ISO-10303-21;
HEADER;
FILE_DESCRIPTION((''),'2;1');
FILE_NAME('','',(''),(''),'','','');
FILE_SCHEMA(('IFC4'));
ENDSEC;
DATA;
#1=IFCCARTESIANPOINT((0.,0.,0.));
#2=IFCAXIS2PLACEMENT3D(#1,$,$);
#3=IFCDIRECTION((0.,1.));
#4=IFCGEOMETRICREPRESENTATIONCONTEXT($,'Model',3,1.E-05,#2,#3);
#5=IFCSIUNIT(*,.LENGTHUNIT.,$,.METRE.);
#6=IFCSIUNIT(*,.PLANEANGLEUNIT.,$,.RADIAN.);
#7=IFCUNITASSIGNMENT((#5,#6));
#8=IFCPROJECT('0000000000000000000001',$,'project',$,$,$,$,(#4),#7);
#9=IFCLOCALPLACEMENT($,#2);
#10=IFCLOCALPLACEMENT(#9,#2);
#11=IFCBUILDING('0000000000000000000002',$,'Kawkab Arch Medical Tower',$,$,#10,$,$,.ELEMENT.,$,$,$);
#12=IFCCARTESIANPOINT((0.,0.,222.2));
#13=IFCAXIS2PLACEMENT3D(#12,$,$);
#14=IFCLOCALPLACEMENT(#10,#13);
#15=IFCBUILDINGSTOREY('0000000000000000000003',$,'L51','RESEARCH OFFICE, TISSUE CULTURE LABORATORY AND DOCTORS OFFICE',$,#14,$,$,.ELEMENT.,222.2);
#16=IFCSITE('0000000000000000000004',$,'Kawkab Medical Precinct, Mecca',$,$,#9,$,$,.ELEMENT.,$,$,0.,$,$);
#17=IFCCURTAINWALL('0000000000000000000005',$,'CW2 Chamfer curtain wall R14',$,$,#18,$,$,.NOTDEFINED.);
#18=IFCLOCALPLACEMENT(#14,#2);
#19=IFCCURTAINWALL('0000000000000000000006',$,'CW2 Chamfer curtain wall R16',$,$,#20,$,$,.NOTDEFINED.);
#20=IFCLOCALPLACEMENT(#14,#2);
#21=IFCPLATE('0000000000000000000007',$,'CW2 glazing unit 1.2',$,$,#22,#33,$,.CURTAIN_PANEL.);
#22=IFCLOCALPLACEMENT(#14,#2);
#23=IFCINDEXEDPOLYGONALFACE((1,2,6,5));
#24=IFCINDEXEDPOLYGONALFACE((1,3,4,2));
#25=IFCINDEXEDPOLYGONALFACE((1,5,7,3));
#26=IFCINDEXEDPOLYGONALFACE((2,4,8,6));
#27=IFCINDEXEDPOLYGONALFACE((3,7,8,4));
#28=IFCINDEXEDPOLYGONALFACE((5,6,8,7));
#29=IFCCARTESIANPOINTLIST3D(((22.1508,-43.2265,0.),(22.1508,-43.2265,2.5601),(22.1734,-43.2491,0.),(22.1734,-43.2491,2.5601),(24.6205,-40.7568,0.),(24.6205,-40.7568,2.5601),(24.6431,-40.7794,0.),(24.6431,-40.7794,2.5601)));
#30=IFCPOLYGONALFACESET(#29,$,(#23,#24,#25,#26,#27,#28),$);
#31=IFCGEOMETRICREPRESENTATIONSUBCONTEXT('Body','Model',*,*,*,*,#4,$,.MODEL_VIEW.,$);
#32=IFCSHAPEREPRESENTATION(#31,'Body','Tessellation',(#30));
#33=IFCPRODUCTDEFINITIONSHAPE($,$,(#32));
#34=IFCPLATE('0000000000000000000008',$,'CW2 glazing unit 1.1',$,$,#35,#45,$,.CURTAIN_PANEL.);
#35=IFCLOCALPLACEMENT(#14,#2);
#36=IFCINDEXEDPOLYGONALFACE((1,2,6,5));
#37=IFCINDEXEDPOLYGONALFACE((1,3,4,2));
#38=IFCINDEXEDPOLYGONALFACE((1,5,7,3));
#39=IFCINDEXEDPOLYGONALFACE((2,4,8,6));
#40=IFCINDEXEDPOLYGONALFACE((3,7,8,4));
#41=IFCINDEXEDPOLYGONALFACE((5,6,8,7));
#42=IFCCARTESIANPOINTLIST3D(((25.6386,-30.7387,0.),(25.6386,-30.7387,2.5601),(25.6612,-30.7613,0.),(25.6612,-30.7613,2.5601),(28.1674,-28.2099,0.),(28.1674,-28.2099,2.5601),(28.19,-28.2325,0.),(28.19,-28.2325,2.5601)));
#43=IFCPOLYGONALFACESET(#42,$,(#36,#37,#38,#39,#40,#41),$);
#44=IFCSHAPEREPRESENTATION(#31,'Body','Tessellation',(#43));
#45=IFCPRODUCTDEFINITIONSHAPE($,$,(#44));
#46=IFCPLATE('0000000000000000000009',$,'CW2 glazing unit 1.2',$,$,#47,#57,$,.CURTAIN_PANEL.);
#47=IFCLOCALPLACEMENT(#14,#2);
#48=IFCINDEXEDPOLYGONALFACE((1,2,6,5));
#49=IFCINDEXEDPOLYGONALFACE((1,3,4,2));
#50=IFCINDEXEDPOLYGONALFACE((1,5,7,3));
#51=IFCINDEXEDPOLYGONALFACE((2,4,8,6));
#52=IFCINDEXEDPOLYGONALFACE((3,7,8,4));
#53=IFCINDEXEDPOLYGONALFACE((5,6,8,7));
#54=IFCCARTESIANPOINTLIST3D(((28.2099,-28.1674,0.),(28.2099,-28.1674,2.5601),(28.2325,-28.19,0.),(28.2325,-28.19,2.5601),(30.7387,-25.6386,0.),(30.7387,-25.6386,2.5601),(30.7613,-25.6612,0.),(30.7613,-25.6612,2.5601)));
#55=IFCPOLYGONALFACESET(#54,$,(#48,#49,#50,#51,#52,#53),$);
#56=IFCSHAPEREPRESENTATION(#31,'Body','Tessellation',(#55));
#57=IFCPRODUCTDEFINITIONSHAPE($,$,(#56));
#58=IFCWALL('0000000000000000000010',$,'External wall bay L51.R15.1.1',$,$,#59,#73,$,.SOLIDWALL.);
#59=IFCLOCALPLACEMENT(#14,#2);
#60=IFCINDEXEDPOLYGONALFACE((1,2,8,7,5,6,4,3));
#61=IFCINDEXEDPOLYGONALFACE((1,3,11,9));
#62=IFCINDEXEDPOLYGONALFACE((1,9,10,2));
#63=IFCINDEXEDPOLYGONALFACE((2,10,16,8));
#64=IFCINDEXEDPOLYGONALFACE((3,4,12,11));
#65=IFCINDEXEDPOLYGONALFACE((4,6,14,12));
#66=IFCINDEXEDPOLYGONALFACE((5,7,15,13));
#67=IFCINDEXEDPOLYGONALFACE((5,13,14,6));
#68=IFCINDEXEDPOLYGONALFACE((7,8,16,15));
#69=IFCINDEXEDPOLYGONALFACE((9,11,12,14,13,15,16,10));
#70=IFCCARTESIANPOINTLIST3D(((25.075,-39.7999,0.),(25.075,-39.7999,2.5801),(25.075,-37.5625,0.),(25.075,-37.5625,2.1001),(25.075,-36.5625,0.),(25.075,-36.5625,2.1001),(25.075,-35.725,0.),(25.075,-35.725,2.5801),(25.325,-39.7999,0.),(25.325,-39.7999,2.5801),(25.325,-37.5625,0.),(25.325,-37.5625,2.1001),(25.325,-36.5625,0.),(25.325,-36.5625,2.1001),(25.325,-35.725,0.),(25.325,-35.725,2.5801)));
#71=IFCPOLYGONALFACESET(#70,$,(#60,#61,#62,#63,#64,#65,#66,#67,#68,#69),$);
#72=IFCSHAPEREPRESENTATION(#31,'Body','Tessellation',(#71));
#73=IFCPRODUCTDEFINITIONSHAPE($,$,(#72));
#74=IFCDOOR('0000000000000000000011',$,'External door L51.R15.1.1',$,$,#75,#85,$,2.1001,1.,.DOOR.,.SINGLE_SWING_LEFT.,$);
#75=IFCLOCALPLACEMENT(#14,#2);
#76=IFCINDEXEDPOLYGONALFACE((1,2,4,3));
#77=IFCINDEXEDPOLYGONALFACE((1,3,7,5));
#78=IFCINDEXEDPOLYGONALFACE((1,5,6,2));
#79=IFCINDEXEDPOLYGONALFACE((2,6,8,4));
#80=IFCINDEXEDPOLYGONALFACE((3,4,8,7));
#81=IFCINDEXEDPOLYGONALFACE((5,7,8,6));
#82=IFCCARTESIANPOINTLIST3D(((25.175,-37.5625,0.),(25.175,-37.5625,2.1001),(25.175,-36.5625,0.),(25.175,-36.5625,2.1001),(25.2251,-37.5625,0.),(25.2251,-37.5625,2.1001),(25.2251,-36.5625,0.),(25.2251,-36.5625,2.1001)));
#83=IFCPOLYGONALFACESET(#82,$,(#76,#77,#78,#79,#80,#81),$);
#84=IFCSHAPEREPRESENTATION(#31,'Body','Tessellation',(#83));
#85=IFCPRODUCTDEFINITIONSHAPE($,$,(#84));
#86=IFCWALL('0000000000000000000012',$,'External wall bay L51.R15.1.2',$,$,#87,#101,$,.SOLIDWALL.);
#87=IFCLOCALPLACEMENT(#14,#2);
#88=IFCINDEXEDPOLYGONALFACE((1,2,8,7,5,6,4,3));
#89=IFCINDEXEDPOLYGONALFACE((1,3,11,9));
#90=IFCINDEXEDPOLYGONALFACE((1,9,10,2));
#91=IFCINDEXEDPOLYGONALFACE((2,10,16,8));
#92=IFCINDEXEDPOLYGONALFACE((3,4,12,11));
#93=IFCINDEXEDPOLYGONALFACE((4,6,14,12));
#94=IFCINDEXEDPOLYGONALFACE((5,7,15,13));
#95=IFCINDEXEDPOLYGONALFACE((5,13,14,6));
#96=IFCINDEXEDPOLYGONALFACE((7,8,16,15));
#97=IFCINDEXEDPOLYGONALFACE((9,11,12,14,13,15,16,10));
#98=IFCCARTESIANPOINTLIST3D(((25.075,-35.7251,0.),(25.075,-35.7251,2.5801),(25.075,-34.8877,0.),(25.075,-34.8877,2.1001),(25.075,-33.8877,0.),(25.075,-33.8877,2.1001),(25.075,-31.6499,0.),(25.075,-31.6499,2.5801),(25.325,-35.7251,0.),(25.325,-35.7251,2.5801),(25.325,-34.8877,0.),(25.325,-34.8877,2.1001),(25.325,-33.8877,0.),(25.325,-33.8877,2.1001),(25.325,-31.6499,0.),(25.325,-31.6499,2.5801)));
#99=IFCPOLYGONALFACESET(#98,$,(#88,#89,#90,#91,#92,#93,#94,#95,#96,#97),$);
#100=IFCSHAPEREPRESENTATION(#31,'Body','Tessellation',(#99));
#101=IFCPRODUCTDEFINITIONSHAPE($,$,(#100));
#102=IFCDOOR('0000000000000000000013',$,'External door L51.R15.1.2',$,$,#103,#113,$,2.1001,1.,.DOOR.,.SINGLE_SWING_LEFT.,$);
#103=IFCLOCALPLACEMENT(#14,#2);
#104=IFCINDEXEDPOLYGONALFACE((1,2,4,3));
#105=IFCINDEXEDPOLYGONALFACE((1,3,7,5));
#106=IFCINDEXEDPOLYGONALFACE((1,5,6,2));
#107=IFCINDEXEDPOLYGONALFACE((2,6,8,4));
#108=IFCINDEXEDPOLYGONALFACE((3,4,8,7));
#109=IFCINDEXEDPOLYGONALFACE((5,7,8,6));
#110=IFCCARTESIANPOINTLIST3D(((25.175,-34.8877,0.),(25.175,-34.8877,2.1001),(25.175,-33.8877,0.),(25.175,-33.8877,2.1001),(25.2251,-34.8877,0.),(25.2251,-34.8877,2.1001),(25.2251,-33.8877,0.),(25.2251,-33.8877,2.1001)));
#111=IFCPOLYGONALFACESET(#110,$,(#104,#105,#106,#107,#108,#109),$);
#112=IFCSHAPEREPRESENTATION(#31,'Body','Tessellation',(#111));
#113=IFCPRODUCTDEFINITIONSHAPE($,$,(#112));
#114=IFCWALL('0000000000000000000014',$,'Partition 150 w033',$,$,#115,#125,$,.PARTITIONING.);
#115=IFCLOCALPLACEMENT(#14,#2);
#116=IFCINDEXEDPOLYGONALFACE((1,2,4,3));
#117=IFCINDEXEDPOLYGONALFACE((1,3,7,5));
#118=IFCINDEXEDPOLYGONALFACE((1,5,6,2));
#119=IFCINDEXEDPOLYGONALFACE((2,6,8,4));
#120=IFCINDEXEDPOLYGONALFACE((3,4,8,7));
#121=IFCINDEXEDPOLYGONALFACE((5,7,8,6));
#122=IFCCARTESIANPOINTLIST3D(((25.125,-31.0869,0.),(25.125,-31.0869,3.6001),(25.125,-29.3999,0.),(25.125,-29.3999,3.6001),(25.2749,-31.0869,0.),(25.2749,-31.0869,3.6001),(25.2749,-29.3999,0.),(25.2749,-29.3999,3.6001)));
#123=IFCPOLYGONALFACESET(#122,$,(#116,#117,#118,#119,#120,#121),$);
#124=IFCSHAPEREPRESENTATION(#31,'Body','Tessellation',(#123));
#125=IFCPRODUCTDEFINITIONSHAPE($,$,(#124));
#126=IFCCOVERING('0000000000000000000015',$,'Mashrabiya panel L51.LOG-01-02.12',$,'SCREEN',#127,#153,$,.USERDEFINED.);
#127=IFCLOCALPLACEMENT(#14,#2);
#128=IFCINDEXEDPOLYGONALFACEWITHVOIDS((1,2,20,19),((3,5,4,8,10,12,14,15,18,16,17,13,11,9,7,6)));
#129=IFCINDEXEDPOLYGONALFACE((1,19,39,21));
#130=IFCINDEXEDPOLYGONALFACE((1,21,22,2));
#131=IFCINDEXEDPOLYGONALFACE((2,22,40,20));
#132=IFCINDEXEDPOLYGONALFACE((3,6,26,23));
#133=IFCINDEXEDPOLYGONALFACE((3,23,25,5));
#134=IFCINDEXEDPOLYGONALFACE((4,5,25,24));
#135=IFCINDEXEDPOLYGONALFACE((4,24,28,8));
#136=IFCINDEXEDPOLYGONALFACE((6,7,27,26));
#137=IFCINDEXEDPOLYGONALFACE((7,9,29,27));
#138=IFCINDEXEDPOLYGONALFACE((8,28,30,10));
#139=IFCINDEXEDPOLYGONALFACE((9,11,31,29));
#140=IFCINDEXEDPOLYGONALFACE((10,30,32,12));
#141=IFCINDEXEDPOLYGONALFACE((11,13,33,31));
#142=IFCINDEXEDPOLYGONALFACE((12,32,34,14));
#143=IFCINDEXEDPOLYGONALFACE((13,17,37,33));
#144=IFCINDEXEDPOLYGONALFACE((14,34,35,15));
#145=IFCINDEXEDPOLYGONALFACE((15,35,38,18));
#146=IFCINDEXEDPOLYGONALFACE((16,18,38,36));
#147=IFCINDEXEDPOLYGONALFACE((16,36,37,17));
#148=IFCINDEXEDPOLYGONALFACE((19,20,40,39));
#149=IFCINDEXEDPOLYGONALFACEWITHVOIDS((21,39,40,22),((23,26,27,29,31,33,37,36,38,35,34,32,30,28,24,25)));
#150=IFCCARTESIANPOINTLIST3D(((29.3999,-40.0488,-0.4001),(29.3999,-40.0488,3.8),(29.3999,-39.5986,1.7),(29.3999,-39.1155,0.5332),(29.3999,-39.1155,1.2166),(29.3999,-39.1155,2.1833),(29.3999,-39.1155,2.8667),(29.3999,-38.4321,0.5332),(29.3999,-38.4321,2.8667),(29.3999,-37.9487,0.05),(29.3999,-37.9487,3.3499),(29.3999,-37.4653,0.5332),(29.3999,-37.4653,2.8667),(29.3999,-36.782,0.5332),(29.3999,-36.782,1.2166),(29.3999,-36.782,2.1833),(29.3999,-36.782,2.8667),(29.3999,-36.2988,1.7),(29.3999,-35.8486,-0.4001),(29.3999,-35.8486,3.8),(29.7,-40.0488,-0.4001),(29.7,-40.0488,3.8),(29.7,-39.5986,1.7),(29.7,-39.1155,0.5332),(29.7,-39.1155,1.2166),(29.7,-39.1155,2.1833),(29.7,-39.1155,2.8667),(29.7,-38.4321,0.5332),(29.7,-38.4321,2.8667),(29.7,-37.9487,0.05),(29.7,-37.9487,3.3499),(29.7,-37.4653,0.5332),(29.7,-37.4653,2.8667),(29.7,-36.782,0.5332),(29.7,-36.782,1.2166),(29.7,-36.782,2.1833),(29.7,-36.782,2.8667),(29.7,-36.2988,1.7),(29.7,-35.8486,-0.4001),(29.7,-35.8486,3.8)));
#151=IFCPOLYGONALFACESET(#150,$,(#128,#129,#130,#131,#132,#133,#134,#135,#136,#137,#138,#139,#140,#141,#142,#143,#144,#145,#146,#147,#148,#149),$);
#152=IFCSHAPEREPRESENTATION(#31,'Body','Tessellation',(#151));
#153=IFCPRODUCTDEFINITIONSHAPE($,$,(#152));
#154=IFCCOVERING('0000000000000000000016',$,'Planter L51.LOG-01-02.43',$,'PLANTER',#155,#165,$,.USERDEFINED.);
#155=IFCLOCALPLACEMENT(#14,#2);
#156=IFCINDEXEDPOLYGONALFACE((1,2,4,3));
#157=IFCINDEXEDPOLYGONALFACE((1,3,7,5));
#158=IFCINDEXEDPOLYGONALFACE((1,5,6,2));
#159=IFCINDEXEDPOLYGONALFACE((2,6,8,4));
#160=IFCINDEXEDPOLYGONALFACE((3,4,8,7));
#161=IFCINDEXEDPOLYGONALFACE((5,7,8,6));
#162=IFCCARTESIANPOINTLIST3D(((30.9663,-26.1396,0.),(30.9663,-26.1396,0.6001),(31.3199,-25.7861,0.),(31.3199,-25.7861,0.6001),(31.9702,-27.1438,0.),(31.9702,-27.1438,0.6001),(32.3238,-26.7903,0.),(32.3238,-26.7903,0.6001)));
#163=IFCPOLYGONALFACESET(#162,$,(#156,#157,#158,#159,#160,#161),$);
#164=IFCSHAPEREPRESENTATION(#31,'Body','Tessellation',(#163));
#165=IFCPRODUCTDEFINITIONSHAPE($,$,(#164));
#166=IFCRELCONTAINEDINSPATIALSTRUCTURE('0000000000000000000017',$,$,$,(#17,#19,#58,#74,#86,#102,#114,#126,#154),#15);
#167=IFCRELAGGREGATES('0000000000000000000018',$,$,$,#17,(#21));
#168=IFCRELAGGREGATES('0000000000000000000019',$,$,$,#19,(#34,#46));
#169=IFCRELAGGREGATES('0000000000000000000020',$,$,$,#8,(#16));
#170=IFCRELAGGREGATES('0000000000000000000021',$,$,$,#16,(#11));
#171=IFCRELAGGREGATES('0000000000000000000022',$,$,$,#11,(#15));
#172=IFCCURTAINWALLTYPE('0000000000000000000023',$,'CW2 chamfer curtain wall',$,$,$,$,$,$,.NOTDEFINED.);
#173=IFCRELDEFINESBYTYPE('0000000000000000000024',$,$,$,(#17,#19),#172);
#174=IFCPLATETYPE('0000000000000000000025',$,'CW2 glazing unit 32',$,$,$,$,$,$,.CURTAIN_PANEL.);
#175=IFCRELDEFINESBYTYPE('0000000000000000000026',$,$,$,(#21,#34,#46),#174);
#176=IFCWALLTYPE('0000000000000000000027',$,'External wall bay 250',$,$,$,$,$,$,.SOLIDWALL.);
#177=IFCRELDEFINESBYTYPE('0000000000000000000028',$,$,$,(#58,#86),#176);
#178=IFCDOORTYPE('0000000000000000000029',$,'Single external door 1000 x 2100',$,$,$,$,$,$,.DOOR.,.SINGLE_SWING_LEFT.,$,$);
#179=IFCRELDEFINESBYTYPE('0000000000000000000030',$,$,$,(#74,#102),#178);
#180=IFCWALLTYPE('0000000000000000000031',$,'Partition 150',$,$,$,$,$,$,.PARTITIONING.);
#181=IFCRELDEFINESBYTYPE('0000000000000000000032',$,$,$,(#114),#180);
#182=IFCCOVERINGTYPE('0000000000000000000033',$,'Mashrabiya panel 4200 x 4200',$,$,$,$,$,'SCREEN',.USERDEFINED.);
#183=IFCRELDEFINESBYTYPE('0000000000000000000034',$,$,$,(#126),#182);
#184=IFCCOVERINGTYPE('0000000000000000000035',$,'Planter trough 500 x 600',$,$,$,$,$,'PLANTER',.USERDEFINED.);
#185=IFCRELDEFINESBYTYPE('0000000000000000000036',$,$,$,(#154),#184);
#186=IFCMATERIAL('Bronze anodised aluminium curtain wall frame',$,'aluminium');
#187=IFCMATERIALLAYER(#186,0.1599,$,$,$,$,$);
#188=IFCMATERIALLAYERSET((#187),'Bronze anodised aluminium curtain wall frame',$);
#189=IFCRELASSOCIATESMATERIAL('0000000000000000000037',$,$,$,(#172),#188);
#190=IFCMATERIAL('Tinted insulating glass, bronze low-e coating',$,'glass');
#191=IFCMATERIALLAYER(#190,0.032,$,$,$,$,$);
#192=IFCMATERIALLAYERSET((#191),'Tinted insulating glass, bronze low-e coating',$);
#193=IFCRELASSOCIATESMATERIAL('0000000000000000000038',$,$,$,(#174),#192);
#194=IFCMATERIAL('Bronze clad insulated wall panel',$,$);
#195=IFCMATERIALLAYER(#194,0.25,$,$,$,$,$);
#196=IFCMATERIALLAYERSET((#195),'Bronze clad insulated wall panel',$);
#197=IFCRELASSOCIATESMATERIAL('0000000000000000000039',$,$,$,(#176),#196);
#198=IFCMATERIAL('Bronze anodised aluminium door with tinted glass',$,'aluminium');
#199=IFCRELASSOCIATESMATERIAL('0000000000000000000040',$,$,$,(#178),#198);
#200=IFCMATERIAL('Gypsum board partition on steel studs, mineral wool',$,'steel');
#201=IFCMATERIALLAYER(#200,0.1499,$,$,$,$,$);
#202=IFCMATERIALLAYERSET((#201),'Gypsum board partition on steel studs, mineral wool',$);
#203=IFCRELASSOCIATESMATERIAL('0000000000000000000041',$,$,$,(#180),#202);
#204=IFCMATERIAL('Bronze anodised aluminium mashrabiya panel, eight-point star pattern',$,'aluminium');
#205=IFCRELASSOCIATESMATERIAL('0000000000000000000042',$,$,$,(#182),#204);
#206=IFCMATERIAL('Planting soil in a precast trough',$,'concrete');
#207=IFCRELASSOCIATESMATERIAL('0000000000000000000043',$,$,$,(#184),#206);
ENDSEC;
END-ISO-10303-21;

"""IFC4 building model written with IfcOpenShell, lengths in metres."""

from ifc_helpers import new_model, si_unit, direction, frame, frame_2d, origin, origin_2d, place, context, subcontext, project, spatial, polyline, rectangle, outline, extrude, material, layer, layer_set, material_profile, profile_set, type_object, element, fill, aggregate, save


model = new_model("IFC4")

# Units and contexts
model_context = context("Model", 3, precision=1e-05, world=origin(), true_north=direction((0.0, 1.0)))
body_context = subcontext(model_context, "Body", "Model", "MODEL_VIEW")
ifc_project = project(units=[si_unit("LENGTHUNIT", "METRE"), si_unit("PLANEANGLEUNIT", "RADIAN")], contexts=[model_context])

# Site, building, storey
site_placement = place(None, origin())
site = spatial("IfcSite", under=ifc_project, at=site_placement, Name="Kawkab Medical Precinct, Mecca", CompositionType="ELEMENT", RefElevation=0.0)
building_placement = place(site_placement, origin())
building = spatial("IfcBuilding", under=site, at=building_placement, Name="Kawkab Arch Medical Tower", CompositionType="ELEMENT")
storey_placement = place(building_placement, frame((0.0, 0.0, 222.2)))
storey = spatial("IfcBuildingStorey", under=building, at=storey_placement, Name="L51", Description="RESEARCH OFFICE, TISSUE CULTURE LABORATORY AND DOCTORS OFFICE", CompositionType="ELEMENT", Elevation=222.2)

# Curtain wall
ifc_material_1 = material(Name="Bronze anodised aluminium curtain wall frame", Category="aluminium")
ifc_layer_1 = layer(ifc_material_1, 0.1599)
ifc_layer_set_1 = layer_set([ifc_layer_1], Name="Bronze anodised aluminium curtain wall frame")
curtain_wall_type_1 = type_object("IfcCurtainWallType", Name="CW2 chamfer curtain wall", PredefinedType="NOTDEFINED", material=ifc_layer_set_1)
placement = place(storey_placement, origin())
curtain_wall_1 = element("IfcCurtainWall", 1, at=placement, inside=storey, type_object=curtain_wall_type_1, Name="CW2 Chamfer curtain wall R14", PredefinedType="NOTDEFINED")

# Curtain wall
curtain_wall_2 = element("IfcCurtainWall", 2, at=placement, inside=storey, type_object=curtain_wall_type_1, Name="CW2 Chamfer curtain wall R16", PredefinedType="NOTDEFINED")

# Plates
ifc_material_2 = material(Name="Tinted insulating glass, bronze low-e coating", Category="glass")
ifc_layer_2 = layer(ifc_material_2, 0.032)
ifc_layer_set_2 = layer_set([ifc_layer_2], Name="Tinted insulating glass, bronze low-e coating")
plate_type = type_object("IfcPlateType", Name="CW2 glazing unit 32", PredefinedType="CURTAIN_PANEL", material=ifc_layer_set_2)
plate_1_placement = place(storey_placement, frame((23.397, -42.0029, 0.0), z_axis=(0.0, 0.0, 1.0), x_axis=(0.707107, 0.707107, 0.0)))
plate_1 = element("IfcPlate", 3, at=plate_1_placement, type_object=plate_type, Name="CW2 glazing unit 1.2", PredefinedType="CURTAIN_PANEL", context=body_context, shape_type="SweptSolid", body=[
    extrude(rectangle(XDim=3.4927, YDim=0.032, at=origin_2d()), origin(), (0.0, 0.0, 1.0), 2.5601),
])
aggregate(curtain_wall_1, [plate_1])
plate_2_placement = place(storey_placement, frame((26.9143, -29.4856, 0.0), z_axis=(0.0, 0.0, 1.0), x_axis=(0.707107, 0.707107, 0.0)))
plate_2 = element("IfcPlate", 4, at=plate_2_placement, type_object=plate_type, Name="CW2 glazing unit 1.1", PredefinedType="CURTAIN_PANEL", context=body_context, shape_type="SweptSolid", body=[
    extrude(rectangle(XDim=3.5762, YDim=0.032, at=origin_2d()), origin(), (0.0, 0.0, 1.0), 2.5601),
])
plate_3_placement = place(storey_placement, frame((29.4856, -26.9143, 0.0), z_axis=(0.0, 0.0, 1.0), x_axis=(0.707107, 0.707107, 0.0)))
plate_3 = element("IfcPlate", 5, at=plate_3_placement, type_object=plate_type, Name="CW2 glazing unit 1.2", PredefinedType="CURTAIN_PANEL", context=body_context, shape_type="SweptSolid", body=[
    extrude(rectangle(XDim=3.5762, YDim=0.032, at=origin_2d()), origin(), (0.0, 0.0, 1.0), 2.5601),
])
aggregate(curtain_wall_2, [plate_2, plate_3])

# Walls, openings, doors
ifc_material_3 = material(Name="Bronze clad insulated wall panel")
ifc_layer_3 = layer(ifc_material_3, 0.25)
ifc_layer_set_3 = layer_set([ifc_layer_3], Name="Bronze clad insulated wall panel")
wall_type_1 = type_object("IfcWallType", Name="External wall bay 250", PredefinedType="SOLIDWALL", material=ifc_layer_set_3)
wall_1_placement = place(storey_placement, frame((25.2, -39.8, 0.0), z_axis=(0.0, 0.0, 1.0), x_axis=(0.0, 1.0, 0.0)))
wall_1 = element("IfcWall", 6, at=wall_1_placement, inside=storey, type_object=wall_type_1, Name="External wall bay L51.R15.1.1", PredefinedType="SOLIDWALL", context=body_context, shape_type="SweptSolid", body=[
    extrude(rectangle(XDim=4.075, YDim=0.25, at=frame_2d((2.0376, 0.0))), origin(), (0.0, 0.0, 1.0), 2.5801),
])
opening_1_placement = place(wall_1_placement, frame((2.2375, 0.0, 0.0)))
opening_1 = element("IfcOpeningElement", 7, at=opening_1_placement, cuts=wall_1, PredefinedType="OPENING", context=body_context, shape_type="SweptSolid", body=[
    extrude(rectangle(XDim=1.0, YDim=2.1001, at=frame_2d((0.5, 1.05))), frame((0.0, 0.135, 0.0), z_axis=(0.0, -1.0, 0.0), x_axis=(1.0, 0.0, 0.0)), (0.0, 0.0, 1.0), 0.27),
])
ifc_material_4 = material(Name="Bronze anodised aluminium door with tinted glass", Category="aluminium")
door_type = type_object("IfcDoorType", Name="Single external door 1000 x 2100", OperationType="SINGLE_SWING_LEFT", PredefinedType="DOOR", material=ifc_material_4)
door_1_placement = place(opening_1_placement, origin())
door_1 = element("IfcDoor", 8, at=door_1_placement, inside=storey, type_object=door_type, Name="External door L51.R15.1.1", OperationType="SINGLE_SWING_LEFT", OverallHeight=2.1001, OverallWidth=1.0, PredefinedType="DOOR", context=body_context, shape_type="SweptSolid", body=[
    extrude(rectangle(XDim=1.0, YDim=2.1001, at=frame_2d((0.5, 1.05))), frame((0.0, 0.0249, 0.0), z_axis=(0.0, -1.0, 0.0), x_axis=(1.0, 0.0, 0.0)), (0.0, 0.0, 1.0), 0.05),
])
fill(opening_1, door_1)
wall_2_placement = place(storey_placement, frame((25.2, -35.7251, 0.0), z_axis=(0.0, 0.0, 1.0), x_axis=(0.0, 1.0, 0.0)))
wall_2 = element("IfcWall", 9, at=wall_2_placement, inside=storey, type_object=wall_type_1, Name="External wall bay L51.R15.1.2", PredefinedType="SOLIDWALL", context=body_context, shape_type="SweptSolid", body=[
    extrude(rectangle(XDim=4.0752, YDim=0.25, at=frame_2d((2.0376, 0.0))), origin(), (0.0, 0.0, 1.0), 2.5801),
])
opening_2_placement = place(wall_2_placement, frame((0.8374, 0.0, 0.0)))
opening_2 = element("IfcOpeningElement", 10, at=opening_2_placement, cuts=wall_2, PredefinedType="OPENING", context=body_context, shape_type="SweptSolid", body=[
    extrude(rectangle(XDim=1.0, YDim=2.1001, at=frame_2d((0.5, 1.05))), frame((0.0, 0.135, 0.0), z_axis=(0.0, -1.0, 0.0), x_axis=(1.0, 0.0, 0.0)), (0.0, 0.0, 1.0), 0.27),
])
door_2_placement = place(opening_2_placement, origin())
door_2 = element("IfcDoor", 11, at=door_2_placement, inside=storey, type_object=door_type, Name="External door L51.R15.1.2", OperationType="SINGLE_SWING_LEFT", OverallHeight=2.1001, OverallWidth=1.0, PredefinedType="DOOR", context=body_context, shape_type="SweptSolid", body=[
    extrude(rectangle(XDim=1.0, YDim=2.1001, at=frame_2d((0.5, 1.05))), frame((0.0, 0.0249, 0.0), z_axis=(0.0, -1.0, 0.0), x_axis=(1.0, 0.0, 0.0)), (0.0, 0.0, 1.0), 0.05),
])
fill(opening_2, door_2)

# Wall
ifc_material_5 = material(Name="Gypsum board partition on steel studs, mineral wool", Category="steel")
ifc_layer_4 = layer(ifc_material_5, 0.1499)
ifc_layer_set_4 = layer_set([ifc_layer_4], Name="Gypsum board partition on steel studs, mineral wool")
wall_type_2 = type_object("IfcWallType", Name="Partition 150", PredefinedType="PARTITIONING", material=ifc_layer_set_4)
wall_3_placement = place(storey_placement, frame((25.2, -31.0869, 0.0), z_axis=(0.0, 0.0, 1.0), x_axis=(0.0, 1.0, 0.0)))
element("IfcWall", 12, at=wall_3_placement, inside=storey, type_object=wall_type_2, Name="Partition 150 w033", PredefinedType="PARTITIONING", context=body_context, shape_type="SweptSolid", body=[
    extrude(rectangle(XDim=1.687, YDim=0.1499, at=frame_2d((0.8435, 0.0))), origin(), (0.0, 0.0, 1.0), 3.6001),
])

# Coverings
ifc_material_6 = material(Name="Bronze anodised aluminium mashrabiya panel, eight-point star pattern", Category="aluminium")
ifc_material_profile_1 = material_profile(ifc_material_6, outline(polyline([(-2.1001, -2.1001), (2.1001, -2.1001), (2.1001, 2.1001), (-2.1001, 2.1001), (-2.1001, -2.1001)]), holes=[polyline([(1.6499, 0.0), (1.1667, 0.4834), (1.1667, 1.1667), (0.4834, 1.1667), (0.0, 1.6499), (-0.4834, 1.1667), (-1.1667, 1.1667), (-1.1667, 0.4834), (-1.6499, 0.0), (-1.1667, -0.4834), (-1.1667, -1.1667), (-0.4834, -1.1667), (0.0, -1.6499), (0.4834, -1.1667), (1.1667, -1.1667), (1.1667, -0.4834), (1.6499, 0.0)])]), Name="Mashrabiya panel 4200x4200")
ifc_profile_set_1 = profile_set([ifc_material_profile_1], Name="Bronze anodised aluminium mashrabiya panel, eight-point star pattern")
covering_type_1 = type_object("IfcCoveringType", Name="Mashrabiya panel 4200 x 4200", ElementType="SCREEN", PredefinedType="USERDEFINED", material=ifc_profile_set_1)
covering_1_placement = place(storey_placement, frame((29.3999, -37.9487, 1.7), z_axis=(1.0, 0.0, 0.0), x_axis=(0.0, 1.0, 0.0)))
element("IfcCovering", 13, at=covering_1_placement, inside=storey, type_object=covering_type_1, Name="Mashrabiya panel L51.LOG-01-02.12", ObjectType="SCREEN", PredefinedType="USERDEFINED", context=body_context, shape_type="SweptSolid", body=[
    extrude(outline(polyline([(-2.1001, -2.1001), (2.1001, -2.1001), (2.1001, 2.1001), (-2.1001, 2.1001), (-2.1001, -2.1001)]), holes=[polyline([(1.6499, 0.0), (1.1667, 0.4834), (1.1667, 1.1667), (0.4834, 1.1667), (0.0, 1.6499), (-0.4834, 1.1667), (-1.1667, 1.1667), (-1.1667, 0.4834), (-1.6499, 0.0), (-1.1667, -0.4834), (-1.1667, -1.1667), (-0.4834, -1.1667), (0.0, -1.6499), (0.4834, -1.1667), (1.1667, -1.1667), (1.1667, -0.4834), (1.6499, 0.0)])]), origin(), (0.0, 0.0, 1.0), 0.3),
])
ifc_material_7 = material(Name="Planting soil in a precast trough", Category="concrete")
ifc_material_profile_2 = material_profile(ifc_material_7, rectangle(XDim=0.5, YDim=0.6001, at=origin_2d()), Name="Trough 500x600")
ifc_profile_set_2 = profile_set([ifc_material_profile_2], Name="Planting soil in a precast trough")
covering_type_2 = type_object("IfcCoveringType", Name="Planter trough 500 x 600", ElementType="PLANTER", PredefinedType="USERDEFINED", material=ifc_profile_set_2)
covering_2_placement = place(storey_placement, frame((31.1431, -25.9629, 0.3), z_axis=(0.707021, -0.707193, 0.0), x_axis=(0.707193, 0.707021, 0.0)))
element("IfcCovering", 14, at=covering_2_placement, inside=storey, type_object=covering_type_2, Name="Planter L51.LOG-01-02.43", ObjectType="PLANTER", PredefinedType="USERDEFINED", context=body_context, shape_type="SweptSolid", body=[
    extrude(rectangle(XDim=0.5, YDim=0.6001, at=origin_2d()), origin(), (0.0, 0.0, 1.0), 1.4199),
])

save(model, "model.ifc")
